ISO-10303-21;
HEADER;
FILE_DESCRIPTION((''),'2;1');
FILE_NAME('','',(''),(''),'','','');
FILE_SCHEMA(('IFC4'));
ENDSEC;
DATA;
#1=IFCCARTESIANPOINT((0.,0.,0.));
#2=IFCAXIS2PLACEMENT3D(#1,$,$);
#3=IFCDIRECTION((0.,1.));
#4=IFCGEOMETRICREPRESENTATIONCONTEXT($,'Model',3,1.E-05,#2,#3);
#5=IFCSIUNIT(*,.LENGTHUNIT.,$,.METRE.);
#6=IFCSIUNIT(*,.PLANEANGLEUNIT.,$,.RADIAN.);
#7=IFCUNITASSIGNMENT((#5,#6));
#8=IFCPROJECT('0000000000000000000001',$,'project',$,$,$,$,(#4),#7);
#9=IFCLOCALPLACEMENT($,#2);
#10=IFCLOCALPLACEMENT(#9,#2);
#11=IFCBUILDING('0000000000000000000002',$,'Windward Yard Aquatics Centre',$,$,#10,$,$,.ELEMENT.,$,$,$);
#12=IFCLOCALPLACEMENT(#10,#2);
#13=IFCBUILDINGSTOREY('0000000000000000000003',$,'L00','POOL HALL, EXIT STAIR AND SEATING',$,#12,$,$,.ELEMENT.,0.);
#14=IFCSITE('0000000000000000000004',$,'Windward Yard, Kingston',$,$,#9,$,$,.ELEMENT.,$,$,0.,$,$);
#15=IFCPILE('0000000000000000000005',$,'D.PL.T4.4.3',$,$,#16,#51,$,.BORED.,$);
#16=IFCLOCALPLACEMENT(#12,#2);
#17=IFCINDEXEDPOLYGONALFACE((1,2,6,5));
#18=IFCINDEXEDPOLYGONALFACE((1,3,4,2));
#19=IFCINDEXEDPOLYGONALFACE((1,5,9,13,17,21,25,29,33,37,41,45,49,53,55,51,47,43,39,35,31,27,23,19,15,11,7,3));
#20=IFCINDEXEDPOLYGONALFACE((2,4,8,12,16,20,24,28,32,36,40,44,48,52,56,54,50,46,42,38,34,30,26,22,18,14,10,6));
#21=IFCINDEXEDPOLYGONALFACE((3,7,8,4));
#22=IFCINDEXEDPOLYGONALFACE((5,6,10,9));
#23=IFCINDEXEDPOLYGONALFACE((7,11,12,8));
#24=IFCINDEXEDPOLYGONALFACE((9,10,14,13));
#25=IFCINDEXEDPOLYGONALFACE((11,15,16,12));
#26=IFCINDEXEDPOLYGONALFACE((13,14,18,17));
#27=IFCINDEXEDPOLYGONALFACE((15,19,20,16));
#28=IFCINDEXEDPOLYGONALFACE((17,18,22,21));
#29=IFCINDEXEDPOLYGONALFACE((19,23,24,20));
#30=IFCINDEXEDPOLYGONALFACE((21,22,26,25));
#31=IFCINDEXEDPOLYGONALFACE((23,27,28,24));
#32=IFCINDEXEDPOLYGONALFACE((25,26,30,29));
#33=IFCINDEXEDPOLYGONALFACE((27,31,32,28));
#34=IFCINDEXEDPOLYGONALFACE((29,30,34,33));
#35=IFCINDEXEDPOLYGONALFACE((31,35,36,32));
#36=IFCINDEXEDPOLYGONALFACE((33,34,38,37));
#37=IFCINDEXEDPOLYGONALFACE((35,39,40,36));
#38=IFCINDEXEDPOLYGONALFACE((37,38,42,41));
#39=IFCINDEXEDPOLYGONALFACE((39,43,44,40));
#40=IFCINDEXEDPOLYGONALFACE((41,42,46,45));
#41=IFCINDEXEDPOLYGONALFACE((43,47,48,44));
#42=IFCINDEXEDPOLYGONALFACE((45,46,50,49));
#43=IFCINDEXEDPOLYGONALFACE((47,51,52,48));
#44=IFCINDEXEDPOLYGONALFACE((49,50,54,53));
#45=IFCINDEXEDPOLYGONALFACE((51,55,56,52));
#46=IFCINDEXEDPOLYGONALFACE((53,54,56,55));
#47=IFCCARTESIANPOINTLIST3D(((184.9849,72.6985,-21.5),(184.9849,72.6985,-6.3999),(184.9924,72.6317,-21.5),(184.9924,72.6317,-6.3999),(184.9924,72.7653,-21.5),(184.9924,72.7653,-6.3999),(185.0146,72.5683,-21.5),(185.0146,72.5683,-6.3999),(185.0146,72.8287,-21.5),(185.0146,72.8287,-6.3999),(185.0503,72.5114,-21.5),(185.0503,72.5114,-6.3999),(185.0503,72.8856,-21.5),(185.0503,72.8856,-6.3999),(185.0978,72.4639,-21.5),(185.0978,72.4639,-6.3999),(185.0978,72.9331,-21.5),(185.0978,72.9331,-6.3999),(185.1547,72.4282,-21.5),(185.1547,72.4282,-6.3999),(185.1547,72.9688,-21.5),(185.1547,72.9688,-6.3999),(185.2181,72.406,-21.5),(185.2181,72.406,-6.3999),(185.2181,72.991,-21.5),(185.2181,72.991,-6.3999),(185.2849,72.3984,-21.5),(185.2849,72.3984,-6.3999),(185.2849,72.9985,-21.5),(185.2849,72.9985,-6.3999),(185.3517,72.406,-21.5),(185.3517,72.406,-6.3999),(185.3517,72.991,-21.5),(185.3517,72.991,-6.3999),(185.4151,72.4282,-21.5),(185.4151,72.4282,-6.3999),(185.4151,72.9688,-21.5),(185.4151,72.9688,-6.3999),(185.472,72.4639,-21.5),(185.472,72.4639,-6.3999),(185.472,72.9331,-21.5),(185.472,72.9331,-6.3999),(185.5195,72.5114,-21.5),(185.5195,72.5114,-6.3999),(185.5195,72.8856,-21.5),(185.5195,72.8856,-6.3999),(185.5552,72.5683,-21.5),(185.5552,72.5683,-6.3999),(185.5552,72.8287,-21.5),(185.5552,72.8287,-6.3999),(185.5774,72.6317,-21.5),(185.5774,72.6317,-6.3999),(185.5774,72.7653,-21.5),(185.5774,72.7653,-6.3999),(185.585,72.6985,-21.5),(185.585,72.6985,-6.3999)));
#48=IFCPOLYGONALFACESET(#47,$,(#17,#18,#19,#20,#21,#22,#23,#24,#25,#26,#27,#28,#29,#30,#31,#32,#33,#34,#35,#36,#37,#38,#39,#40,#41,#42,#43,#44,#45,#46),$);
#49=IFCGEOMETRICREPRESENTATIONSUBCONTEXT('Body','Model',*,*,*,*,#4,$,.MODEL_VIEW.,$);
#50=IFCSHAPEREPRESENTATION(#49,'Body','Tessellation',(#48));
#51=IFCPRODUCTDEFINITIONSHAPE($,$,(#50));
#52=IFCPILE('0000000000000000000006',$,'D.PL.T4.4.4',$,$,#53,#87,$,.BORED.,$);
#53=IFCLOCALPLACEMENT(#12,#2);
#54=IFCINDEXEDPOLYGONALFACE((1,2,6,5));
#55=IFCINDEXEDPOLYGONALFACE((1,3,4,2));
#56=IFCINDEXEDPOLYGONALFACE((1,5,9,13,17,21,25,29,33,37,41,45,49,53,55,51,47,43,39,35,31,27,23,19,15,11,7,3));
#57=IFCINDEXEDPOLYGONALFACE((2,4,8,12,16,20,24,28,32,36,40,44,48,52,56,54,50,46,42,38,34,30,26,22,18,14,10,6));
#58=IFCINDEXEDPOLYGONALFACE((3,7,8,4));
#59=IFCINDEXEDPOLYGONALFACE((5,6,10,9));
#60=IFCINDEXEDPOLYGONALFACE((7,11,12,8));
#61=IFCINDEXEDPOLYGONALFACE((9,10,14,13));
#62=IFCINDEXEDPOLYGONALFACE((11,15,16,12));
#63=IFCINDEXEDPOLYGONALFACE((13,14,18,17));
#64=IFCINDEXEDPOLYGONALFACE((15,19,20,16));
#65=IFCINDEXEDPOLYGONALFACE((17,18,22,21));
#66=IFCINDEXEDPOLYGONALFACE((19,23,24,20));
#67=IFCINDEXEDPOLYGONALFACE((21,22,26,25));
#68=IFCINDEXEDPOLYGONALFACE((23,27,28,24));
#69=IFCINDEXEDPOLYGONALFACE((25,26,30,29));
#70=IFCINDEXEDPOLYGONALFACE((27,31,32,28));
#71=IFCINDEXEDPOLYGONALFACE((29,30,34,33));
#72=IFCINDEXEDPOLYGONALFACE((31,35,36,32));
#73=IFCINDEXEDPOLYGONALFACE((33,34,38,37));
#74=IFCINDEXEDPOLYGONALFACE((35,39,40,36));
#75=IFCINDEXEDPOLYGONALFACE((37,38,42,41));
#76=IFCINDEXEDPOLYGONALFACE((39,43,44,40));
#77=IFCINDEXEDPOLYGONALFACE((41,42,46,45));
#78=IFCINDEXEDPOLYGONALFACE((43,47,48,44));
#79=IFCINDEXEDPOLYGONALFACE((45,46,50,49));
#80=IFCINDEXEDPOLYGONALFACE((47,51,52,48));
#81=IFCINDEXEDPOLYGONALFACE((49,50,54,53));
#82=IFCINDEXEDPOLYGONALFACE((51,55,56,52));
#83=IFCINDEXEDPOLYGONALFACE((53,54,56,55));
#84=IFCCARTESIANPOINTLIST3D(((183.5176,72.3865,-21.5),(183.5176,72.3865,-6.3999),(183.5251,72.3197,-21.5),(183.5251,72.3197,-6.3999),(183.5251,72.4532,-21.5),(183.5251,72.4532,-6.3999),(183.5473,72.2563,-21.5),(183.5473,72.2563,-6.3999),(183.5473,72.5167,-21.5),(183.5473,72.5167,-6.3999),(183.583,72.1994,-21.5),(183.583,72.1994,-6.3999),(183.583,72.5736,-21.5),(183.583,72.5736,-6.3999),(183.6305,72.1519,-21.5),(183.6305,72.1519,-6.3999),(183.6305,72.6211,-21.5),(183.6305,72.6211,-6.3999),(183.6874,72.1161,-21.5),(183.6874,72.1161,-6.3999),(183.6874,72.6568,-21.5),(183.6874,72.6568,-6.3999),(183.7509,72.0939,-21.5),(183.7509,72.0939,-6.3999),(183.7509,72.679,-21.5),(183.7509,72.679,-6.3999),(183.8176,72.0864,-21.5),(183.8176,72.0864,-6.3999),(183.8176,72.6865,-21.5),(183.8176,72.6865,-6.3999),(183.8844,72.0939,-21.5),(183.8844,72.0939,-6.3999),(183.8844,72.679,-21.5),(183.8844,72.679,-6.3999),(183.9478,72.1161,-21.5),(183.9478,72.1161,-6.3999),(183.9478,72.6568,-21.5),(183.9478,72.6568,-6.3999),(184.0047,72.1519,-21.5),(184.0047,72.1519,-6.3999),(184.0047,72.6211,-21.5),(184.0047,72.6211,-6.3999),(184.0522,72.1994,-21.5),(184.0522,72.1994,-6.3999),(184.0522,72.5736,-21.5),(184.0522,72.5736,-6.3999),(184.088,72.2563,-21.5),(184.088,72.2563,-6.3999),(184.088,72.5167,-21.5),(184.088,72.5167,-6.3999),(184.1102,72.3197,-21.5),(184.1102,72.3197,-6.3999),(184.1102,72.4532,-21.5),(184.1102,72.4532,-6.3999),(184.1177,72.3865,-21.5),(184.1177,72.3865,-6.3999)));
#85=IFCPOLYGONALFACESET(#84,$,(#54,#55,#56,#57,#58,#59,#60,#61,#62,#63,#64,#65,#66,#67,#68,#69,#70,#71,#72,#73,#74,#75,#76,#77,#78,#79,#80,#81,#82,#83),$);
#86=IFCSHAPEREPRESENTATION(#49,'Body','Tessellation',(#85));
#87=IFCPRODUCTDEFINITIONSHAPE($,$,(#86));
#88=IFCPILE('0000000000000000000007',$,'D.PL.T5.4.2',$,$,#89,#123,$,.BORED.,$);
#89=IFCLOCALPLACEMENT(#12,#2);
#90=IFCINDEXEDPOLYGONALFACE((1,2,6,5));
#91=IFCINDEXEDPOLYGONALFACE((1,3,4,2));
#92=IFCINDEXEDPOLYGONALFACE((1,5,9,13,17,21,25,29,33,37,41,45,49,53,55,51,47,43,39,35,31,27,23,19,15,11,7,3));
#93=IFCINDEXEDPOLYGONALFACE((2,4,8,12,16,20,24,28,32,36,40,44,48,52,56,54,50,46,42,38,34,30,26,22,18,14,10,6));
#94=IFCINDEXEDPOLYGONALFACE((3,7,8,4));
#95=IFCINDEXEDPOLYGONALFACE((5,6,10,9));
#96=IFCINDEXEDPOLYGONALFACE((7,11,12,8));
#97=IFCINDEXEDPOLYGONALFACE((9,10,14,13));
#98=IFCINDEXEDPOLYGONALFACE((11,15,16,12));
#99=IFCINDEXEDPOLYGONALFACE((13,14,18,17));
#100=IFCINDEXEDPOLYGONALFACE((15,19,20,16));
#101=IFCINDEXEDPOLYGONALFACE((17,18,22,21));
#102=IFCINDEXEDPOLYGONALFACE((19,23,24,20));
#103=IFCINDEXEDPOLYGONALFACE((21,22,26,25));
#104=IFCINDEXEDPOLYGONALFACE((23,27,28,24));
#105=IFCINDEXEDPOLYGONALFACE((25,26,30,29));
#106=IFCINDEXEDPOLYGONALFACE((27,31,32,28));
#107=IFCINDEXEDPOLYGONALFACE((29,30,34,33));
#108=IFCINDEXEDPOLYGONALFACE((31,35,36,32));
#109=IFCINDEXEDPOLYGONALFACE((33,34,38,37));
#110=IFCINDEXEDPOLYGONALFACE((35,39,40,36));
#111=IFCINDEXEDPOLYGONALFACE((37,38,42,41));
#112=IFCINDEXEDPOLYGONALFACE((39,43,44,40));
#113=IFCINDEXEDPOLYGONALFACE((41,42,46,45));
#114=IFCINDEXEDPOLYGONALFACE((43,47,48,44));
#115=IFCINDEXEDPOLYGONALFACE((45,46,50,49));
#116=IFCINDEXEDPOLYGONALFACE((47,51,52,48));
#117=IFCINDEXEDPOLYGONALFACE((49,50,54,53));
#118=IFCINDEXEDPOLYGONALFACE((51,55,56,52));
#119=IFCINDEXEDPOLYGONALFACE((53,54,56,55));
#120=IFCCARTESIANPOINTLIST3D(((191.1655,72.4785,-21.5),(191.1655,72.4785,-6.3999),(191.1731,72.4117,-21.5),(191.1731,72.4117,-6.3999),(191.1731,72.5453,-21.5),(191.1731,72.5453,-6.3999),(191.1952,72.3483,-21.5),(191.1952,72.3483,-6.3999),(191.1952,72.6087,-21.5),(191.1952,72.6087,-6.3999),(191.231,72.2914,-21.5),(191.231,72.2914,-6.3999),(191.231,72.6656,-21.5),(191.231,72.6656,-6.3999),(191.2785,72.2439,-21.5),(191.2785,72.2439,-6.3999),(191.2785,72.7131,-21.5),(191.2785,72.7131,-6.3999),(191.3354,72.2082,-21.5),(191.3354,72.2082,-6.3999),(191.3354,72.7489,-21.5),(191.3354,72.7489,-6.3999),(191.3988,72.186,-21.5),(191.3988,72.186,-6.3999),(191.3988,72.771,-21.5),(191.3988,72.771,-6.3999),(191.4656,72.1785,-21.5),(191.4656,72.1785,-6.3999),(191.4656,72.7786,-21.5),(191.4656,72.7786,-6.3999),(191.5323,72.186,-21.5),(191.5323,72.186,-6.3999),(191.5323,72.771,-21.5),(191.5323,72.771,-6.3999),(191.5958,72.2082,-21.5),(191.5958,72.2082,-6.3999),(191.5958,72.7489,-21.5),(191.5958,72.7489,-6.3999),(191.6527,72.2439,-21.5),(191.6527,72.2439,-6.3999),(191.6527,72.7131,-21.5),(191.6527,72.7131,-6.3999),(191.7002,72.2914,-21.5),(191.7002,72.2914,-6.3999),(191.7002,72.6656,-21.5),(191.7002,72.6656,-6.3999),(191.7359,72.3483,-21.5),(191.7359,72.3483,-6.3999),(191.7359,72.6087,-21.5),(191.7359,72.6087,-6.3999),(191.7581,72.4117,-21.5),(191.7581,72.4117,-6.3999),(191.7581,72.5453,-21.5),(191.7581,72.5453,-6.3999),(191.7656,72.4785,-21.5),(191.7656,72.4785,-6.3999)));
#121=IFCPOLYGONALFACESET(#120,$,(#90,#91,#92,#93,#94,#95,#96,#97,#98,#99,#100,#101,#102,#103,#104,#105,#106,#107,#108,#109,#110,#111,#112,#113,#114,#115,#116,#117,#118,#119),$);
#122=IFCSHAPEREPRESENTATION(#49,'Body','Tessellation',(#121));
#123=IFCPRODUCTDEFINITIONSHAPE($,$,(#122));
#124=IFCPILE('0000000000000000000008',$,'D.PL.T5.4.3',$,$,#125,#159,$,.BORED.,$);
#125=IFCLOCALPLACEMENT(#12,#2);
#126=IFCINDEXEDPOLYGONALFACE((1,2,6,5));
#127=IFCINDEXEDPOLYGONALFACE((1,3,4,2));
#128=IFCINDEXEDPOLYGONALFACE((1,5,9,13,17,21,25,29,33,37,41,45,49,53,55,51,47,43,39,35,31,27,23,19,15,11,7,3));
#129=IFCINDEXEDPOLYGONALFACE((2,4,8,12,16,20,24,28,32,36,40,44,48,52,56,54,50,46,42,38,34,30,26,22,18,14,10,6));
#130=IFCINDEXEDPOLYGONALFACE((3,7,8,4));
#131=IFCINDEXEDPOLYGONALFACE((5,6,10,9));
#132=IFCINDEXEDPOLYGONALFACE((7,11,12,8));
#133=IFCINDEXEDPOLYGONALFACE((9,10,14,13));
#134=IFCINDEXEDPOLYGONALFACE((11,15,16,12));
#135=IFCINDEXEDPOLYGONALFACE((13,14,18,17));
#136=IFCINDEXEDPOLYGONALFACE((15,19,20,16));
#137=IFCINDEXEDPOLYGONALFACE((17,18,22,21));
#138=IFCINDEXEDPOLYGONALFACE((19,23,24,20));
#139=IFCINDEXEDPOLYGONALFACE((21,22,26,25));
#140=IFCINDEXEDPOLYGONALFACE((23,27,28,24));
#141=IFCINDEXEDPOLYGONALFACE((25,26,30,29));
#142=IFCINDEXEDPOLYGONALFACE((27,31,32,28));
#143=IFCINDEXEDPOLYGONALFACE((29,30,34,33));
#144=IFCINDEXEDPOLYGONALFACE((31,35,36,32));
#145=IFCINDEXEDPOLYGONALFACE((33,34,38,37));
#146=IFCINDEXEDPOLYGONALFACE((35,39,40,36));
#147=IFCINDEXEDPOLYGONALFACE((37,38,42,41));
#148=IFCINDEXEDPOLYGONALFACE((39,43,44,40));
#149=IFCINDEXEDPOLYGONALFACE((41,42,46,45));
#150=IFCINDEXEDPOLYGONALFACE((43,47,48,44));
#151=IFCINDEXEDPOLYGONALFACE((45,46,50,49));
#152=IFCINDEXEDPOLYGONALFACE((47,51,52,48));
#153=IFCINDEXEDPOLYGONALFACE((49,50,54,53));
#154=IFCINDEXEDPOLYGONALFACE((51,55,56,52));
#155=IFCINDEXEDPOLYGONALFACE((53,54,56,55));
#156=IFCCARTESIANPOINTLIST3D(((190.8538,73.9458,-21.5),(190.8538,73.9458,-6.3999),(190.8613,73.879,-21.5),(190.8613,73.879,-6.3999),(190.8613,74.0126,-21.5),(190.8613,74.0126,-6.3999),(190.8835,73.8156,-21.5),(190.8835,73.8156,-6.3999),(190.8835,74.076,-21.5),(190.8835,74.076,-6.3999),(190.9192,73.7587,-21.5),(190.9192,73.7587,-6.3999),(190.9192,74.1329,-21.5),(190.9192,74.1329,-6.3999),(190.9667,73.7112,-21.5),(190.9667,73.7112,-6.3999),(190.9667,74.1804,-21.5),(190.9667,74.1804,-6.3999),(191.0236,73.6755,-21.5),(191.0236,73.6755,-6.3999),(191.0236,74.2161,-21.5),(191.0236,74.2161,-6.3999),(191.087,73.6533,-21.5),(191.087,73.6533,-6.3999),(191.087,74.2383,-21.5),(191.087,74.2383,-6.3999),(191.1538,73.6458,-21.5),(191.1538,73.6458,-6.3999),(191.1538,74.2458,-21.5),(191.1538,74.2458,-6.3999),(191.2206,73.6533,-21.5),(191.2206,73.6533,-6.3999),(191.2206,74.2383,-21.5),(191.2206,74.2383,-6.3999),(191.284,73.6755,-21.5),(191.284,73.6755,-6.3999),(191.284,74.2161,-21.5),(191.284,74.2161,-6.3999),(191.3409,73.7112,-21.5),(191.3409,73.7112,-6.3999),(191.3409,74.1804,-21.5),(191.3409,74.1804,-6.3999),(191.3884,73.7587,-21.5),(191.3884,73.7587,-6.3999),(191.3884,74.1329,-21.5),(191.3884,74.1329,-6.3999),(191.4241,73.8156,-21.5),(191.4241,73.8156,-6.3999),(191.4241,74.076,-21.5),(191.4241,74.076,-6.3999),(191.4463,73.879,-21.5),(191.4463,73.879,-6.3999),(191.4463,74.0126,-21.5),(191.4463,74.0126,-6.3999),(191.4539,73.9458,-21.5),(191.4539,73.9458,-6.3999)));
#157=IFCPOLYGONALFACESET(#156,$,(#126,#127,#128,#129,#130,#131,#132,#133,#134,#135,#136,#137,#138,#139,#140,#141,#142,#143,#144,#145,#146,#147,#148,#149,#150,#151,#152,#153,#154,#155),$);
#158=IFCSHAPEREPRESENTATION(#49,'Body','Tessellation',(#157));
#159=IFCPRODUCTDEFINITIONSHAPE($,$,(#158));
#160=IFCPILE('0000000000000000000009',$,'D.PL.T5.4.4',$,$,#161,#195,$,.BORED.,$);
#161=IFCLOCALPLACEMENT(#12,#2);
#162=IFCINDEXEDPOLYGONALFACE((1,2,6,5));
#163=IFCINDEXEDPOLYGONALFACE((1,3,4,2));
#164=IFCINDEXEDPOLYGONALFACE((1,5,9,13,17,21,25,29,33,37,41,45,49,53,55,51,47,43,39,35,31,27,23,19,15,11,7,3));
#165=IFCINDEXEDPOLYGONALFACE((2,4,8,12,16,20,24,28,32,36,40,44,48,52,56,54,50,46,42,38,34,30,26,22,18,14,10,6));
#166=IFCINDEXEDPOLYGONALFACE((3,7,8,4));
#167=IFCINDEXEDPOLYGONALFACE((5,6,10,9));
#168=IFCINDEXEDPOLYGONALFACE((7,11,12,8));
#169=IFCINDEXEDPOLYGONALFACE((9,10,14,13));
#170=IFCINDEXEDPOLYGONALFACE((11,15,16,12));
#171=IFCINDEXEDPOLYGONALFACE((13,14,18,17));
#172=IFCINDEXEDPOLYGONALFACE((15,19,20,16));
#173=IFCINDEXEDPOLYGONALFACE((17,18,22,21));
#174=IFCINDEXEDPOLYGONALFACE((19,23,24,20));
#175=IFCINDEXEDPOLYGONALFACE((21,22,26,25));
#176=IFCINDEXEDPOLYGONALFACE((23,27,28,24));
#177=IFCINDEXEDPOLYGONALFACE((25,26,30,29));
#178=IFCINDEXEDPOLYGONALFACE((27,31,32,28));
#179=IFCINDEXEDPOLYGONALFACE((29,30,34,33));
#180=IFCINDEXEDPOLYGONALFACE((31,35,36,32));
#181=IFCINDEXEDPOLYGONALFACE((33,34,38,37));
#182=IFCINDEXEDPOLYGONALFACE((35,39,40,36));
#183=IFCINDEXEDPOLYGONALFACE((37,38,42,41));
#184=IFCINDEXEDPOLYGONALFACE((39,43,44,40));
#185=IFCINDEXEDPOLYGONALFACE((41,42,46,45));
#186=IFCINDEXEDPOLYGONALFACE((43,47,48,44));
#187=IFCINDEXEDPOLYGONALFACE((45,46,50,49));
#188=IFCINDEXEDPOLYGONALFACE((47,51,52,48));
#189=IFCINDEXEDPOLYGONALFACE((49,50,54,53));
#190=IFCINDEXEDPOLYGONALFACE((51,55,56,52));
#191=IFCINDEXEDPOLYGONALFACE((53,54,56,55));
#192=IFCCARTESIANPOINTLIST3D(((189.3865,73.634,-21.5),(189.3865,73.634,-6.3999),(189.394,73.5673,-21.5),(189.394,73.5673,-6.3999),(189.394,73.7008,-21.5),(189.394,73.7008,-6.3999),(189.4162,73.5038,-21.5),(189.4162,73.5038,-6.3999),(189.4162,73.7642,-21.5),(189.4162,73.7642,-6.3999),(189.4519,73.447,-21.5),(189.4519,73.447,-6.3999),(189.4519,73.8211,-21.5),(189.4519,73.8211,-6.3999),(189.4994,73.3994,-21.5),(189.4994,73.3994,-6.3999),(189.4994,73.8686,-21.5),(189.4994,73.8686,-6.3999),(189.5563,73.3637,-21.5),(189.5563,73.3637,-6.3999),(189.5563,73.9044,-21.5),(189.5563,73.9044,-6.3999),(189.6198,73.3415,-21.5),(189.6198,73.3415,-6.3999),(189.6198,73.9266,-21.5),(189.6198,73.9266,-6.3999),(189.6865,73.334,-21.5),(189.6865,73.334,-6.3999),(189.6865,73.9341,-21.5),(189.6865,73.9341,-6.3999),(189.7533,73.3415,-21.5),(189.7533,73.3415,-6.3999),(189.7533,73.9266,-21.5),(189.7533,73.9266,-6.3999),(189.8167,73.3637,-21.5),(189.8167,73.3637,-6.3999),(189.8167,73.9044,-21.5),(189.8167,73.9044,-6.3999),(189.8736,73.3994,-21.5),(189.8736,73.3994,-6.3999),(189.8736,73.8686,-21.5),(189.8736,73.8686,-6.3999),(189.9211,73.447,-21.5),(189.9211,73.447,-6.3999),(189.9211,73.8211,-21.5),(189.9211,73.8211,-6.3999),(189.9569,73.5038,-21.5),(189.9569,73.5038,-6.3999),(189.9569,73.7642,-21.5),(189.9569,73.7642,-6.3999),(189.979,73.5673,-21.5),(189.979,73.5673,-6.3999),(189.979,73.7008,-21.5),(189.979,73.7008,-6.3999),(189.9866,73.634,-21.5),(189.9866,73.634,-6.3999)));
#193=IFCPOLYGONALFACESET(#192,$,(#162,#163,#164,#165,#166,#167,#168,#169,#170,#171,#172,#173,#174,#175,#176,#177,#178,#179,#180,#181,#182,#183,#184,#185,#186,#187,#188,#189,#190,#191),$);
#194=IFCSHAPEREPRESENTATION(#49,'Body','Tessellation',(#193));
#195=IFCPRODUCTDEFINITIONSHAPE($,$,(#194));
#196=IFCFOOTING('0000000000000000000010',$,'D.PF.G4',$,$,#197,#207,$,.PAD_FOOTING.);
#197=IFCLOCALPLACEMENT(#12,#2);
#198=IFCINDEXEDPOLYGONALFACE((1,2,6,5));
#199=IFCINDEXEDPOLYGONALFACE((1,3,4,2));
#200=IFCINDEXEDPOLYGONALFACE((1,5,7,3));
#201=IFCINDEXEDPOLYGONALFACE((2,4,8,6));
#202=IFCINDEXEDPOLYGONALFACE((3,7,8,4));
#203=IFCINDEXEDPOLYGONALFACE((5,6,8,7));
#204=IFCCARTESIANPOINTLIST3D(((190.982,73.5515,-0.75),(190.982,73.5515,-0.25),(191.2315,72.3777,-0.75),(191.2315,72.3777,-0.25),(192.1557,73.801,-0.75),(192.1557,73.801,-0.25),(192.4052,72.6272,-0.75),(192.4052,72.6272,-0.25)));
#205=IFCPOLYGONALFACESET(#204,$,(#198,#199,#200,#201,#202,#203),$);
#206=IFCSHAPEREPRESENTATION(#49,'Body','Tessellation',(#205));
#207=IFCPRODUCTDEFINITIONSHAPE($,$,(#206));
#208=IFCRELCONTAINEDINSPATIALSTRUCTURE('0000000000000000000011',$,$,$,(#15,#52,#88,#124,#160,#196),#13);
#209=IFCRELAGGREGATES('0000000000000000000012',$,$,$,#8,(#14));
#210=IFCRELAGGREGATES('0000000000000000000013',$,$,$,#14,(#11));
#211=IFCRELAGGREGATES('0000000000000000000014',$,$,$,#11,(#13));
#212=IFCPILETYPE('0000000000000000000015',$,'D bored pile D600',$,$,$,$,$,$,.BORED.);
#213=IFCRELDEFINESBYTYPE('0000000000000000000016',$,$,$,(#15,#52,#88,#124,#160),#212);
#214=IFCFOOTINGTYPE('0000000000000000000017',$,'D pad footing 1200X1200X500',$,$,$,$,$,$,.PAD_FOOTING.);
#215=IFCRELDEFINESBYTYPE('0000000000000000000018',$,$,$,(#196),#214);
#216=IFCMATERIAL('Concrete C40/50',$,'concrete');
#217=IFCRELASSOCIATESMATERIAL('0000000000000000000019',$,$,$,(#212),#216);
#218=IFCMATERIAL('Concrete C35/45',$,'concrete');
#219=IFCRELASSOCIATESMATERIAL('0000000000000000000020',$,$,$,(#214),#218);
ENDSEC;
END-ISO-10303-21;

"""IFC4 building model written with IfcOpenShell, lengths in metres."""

from ifc_helpers import new_model, si_unit, direction, frame, origin, origin_2d, place, context, subcontext, project, spatial, rectangle, circle, extrude, material, material_profile, profile_set, type_object, element, save


model = new_model("IFC4")

# Units and contexts
model_context = context("Model", 3, precision=1e-05, world=origin(), true_north=direction((0.0, 1.0)))
body_context = subcontext(model_context, "Body", "Model", "MODEL_VIEW")
ifc_project = project(units=[si_unit("LENGTHUNIT", "METRE"), si_unit("PLANEANGLEUNIT", "RADIAN")], contexts=[model_context])

# Site, building, storey
site_placement = place(None, origin())
site = spatial("IfcSite", under=ifc_project, at=site_placement, Name="Windward Yard, Kingston", CompositionType="ELEMENT", RefElevation=0.0)
building_placement = place(site_placement, origin())
building = spatial("IfcBuilding", under=site, at=building_placement, Name="Windward Yard Aquatics Centre", CompositionType="ELEMENT")
storey_placement = place(building_placement, origin())
storey = spatial("IfcBuildingStorey", under=building, at=storey_placement, Name="L00", Description="POOL HALL, EXIT STAIR AND SEATING", CompositionType="ELEMENT", Elevation=0.0)

# Piles
ifc_material_1 = material(Name="Concrete C40/50", Category="concrete")
ifc_material_profile_1 = material_profile(ifc_material_1, circle(Radius=0.3, at=origin_2d()), Name="RC D600")
ifc_profile_set_1 = profile_set([ifc_material_profile_1], Name="Concrete C40/50")
pile_type = type_object("IfcPileType", Name="D bored pile D600", PredefinedType="BORED", material=ifc_profile_set_1)
for number, where, z_axis, x_axis, name in (
    (1, (185.2849, 72.6985, -6.3999), (0.0, 0.0, -1.0), (1.0, 0.0, 0.0), "D.PL.T4.4.3"),
    (2, (183.8176, 72.3865, -6.3999), (0.0, 0.0, -1.0), (1.0, 0.0, 0.0), "D.PL.T4.4.4"),
    (3, (191.4656, 72.4785, -6.3999), (0.0, 0.0, -1.0), (1.0, 0.0, 0.0), "D.PL.T5.4.2"),
    (4, (191.1538, 73.9458, -6.3999), (0.0, 0.0, -1.0), (1.0, 0.0, 0.0), "D.PL.T5.4.3"),
    (5, (189.6865, 73.634, -6.3999), (0.0, 0.0, -1.0), (1.0, 0.0, 0.0), "D.PL.T5.4.4"),
):
    element("IfcPile", number, at=place(storey_placement, frame(where, z_axis=z_axis, x_axis=x_axis)), inside=storey, type_object=pile_type, Name=name, PredefinedType="BORED", context=body_context, shape_type="SweptSolid", body=[
        extrude(circle(Radius=0.3, at=origin_2d()), origin(), (0.0, 0.0, 1.0), 15.1001),
    ])

# Footing
ifc_material_2 = material(Name="Concrete C35/45", Category="concrete")
footing_type_1 = type_object("IfcFootingType", Name="D pad footing 1200X1200X500", PredefinedType="PAD_FOOTING", material=ifc_material_2)
for number, where, z_axis, x_axis, name in (
    (6, (191.6936, 73.0894, -0.75), (0.0, 0.0, 1.0), (0.978148, 0.207912, 0.0), "D.PF.G4"),
):
    element("IfcFooting", number, at=place(storey_placement, frame(where, z_axis=z_axis, x_axis=x_axis)), inside=storey, type_object=footing_type_1, Name=name, PredefinedType="PAD_FOOTING", context=body_context, shape_type="SweptSolid", body=[
        extrude(rectangle(XDim=1.2, YDim=1.2, at=origin_2d()), origin(), (0.0, 0.0, 1.0), 0.5),
    ])

save(model, "model.ifc")
